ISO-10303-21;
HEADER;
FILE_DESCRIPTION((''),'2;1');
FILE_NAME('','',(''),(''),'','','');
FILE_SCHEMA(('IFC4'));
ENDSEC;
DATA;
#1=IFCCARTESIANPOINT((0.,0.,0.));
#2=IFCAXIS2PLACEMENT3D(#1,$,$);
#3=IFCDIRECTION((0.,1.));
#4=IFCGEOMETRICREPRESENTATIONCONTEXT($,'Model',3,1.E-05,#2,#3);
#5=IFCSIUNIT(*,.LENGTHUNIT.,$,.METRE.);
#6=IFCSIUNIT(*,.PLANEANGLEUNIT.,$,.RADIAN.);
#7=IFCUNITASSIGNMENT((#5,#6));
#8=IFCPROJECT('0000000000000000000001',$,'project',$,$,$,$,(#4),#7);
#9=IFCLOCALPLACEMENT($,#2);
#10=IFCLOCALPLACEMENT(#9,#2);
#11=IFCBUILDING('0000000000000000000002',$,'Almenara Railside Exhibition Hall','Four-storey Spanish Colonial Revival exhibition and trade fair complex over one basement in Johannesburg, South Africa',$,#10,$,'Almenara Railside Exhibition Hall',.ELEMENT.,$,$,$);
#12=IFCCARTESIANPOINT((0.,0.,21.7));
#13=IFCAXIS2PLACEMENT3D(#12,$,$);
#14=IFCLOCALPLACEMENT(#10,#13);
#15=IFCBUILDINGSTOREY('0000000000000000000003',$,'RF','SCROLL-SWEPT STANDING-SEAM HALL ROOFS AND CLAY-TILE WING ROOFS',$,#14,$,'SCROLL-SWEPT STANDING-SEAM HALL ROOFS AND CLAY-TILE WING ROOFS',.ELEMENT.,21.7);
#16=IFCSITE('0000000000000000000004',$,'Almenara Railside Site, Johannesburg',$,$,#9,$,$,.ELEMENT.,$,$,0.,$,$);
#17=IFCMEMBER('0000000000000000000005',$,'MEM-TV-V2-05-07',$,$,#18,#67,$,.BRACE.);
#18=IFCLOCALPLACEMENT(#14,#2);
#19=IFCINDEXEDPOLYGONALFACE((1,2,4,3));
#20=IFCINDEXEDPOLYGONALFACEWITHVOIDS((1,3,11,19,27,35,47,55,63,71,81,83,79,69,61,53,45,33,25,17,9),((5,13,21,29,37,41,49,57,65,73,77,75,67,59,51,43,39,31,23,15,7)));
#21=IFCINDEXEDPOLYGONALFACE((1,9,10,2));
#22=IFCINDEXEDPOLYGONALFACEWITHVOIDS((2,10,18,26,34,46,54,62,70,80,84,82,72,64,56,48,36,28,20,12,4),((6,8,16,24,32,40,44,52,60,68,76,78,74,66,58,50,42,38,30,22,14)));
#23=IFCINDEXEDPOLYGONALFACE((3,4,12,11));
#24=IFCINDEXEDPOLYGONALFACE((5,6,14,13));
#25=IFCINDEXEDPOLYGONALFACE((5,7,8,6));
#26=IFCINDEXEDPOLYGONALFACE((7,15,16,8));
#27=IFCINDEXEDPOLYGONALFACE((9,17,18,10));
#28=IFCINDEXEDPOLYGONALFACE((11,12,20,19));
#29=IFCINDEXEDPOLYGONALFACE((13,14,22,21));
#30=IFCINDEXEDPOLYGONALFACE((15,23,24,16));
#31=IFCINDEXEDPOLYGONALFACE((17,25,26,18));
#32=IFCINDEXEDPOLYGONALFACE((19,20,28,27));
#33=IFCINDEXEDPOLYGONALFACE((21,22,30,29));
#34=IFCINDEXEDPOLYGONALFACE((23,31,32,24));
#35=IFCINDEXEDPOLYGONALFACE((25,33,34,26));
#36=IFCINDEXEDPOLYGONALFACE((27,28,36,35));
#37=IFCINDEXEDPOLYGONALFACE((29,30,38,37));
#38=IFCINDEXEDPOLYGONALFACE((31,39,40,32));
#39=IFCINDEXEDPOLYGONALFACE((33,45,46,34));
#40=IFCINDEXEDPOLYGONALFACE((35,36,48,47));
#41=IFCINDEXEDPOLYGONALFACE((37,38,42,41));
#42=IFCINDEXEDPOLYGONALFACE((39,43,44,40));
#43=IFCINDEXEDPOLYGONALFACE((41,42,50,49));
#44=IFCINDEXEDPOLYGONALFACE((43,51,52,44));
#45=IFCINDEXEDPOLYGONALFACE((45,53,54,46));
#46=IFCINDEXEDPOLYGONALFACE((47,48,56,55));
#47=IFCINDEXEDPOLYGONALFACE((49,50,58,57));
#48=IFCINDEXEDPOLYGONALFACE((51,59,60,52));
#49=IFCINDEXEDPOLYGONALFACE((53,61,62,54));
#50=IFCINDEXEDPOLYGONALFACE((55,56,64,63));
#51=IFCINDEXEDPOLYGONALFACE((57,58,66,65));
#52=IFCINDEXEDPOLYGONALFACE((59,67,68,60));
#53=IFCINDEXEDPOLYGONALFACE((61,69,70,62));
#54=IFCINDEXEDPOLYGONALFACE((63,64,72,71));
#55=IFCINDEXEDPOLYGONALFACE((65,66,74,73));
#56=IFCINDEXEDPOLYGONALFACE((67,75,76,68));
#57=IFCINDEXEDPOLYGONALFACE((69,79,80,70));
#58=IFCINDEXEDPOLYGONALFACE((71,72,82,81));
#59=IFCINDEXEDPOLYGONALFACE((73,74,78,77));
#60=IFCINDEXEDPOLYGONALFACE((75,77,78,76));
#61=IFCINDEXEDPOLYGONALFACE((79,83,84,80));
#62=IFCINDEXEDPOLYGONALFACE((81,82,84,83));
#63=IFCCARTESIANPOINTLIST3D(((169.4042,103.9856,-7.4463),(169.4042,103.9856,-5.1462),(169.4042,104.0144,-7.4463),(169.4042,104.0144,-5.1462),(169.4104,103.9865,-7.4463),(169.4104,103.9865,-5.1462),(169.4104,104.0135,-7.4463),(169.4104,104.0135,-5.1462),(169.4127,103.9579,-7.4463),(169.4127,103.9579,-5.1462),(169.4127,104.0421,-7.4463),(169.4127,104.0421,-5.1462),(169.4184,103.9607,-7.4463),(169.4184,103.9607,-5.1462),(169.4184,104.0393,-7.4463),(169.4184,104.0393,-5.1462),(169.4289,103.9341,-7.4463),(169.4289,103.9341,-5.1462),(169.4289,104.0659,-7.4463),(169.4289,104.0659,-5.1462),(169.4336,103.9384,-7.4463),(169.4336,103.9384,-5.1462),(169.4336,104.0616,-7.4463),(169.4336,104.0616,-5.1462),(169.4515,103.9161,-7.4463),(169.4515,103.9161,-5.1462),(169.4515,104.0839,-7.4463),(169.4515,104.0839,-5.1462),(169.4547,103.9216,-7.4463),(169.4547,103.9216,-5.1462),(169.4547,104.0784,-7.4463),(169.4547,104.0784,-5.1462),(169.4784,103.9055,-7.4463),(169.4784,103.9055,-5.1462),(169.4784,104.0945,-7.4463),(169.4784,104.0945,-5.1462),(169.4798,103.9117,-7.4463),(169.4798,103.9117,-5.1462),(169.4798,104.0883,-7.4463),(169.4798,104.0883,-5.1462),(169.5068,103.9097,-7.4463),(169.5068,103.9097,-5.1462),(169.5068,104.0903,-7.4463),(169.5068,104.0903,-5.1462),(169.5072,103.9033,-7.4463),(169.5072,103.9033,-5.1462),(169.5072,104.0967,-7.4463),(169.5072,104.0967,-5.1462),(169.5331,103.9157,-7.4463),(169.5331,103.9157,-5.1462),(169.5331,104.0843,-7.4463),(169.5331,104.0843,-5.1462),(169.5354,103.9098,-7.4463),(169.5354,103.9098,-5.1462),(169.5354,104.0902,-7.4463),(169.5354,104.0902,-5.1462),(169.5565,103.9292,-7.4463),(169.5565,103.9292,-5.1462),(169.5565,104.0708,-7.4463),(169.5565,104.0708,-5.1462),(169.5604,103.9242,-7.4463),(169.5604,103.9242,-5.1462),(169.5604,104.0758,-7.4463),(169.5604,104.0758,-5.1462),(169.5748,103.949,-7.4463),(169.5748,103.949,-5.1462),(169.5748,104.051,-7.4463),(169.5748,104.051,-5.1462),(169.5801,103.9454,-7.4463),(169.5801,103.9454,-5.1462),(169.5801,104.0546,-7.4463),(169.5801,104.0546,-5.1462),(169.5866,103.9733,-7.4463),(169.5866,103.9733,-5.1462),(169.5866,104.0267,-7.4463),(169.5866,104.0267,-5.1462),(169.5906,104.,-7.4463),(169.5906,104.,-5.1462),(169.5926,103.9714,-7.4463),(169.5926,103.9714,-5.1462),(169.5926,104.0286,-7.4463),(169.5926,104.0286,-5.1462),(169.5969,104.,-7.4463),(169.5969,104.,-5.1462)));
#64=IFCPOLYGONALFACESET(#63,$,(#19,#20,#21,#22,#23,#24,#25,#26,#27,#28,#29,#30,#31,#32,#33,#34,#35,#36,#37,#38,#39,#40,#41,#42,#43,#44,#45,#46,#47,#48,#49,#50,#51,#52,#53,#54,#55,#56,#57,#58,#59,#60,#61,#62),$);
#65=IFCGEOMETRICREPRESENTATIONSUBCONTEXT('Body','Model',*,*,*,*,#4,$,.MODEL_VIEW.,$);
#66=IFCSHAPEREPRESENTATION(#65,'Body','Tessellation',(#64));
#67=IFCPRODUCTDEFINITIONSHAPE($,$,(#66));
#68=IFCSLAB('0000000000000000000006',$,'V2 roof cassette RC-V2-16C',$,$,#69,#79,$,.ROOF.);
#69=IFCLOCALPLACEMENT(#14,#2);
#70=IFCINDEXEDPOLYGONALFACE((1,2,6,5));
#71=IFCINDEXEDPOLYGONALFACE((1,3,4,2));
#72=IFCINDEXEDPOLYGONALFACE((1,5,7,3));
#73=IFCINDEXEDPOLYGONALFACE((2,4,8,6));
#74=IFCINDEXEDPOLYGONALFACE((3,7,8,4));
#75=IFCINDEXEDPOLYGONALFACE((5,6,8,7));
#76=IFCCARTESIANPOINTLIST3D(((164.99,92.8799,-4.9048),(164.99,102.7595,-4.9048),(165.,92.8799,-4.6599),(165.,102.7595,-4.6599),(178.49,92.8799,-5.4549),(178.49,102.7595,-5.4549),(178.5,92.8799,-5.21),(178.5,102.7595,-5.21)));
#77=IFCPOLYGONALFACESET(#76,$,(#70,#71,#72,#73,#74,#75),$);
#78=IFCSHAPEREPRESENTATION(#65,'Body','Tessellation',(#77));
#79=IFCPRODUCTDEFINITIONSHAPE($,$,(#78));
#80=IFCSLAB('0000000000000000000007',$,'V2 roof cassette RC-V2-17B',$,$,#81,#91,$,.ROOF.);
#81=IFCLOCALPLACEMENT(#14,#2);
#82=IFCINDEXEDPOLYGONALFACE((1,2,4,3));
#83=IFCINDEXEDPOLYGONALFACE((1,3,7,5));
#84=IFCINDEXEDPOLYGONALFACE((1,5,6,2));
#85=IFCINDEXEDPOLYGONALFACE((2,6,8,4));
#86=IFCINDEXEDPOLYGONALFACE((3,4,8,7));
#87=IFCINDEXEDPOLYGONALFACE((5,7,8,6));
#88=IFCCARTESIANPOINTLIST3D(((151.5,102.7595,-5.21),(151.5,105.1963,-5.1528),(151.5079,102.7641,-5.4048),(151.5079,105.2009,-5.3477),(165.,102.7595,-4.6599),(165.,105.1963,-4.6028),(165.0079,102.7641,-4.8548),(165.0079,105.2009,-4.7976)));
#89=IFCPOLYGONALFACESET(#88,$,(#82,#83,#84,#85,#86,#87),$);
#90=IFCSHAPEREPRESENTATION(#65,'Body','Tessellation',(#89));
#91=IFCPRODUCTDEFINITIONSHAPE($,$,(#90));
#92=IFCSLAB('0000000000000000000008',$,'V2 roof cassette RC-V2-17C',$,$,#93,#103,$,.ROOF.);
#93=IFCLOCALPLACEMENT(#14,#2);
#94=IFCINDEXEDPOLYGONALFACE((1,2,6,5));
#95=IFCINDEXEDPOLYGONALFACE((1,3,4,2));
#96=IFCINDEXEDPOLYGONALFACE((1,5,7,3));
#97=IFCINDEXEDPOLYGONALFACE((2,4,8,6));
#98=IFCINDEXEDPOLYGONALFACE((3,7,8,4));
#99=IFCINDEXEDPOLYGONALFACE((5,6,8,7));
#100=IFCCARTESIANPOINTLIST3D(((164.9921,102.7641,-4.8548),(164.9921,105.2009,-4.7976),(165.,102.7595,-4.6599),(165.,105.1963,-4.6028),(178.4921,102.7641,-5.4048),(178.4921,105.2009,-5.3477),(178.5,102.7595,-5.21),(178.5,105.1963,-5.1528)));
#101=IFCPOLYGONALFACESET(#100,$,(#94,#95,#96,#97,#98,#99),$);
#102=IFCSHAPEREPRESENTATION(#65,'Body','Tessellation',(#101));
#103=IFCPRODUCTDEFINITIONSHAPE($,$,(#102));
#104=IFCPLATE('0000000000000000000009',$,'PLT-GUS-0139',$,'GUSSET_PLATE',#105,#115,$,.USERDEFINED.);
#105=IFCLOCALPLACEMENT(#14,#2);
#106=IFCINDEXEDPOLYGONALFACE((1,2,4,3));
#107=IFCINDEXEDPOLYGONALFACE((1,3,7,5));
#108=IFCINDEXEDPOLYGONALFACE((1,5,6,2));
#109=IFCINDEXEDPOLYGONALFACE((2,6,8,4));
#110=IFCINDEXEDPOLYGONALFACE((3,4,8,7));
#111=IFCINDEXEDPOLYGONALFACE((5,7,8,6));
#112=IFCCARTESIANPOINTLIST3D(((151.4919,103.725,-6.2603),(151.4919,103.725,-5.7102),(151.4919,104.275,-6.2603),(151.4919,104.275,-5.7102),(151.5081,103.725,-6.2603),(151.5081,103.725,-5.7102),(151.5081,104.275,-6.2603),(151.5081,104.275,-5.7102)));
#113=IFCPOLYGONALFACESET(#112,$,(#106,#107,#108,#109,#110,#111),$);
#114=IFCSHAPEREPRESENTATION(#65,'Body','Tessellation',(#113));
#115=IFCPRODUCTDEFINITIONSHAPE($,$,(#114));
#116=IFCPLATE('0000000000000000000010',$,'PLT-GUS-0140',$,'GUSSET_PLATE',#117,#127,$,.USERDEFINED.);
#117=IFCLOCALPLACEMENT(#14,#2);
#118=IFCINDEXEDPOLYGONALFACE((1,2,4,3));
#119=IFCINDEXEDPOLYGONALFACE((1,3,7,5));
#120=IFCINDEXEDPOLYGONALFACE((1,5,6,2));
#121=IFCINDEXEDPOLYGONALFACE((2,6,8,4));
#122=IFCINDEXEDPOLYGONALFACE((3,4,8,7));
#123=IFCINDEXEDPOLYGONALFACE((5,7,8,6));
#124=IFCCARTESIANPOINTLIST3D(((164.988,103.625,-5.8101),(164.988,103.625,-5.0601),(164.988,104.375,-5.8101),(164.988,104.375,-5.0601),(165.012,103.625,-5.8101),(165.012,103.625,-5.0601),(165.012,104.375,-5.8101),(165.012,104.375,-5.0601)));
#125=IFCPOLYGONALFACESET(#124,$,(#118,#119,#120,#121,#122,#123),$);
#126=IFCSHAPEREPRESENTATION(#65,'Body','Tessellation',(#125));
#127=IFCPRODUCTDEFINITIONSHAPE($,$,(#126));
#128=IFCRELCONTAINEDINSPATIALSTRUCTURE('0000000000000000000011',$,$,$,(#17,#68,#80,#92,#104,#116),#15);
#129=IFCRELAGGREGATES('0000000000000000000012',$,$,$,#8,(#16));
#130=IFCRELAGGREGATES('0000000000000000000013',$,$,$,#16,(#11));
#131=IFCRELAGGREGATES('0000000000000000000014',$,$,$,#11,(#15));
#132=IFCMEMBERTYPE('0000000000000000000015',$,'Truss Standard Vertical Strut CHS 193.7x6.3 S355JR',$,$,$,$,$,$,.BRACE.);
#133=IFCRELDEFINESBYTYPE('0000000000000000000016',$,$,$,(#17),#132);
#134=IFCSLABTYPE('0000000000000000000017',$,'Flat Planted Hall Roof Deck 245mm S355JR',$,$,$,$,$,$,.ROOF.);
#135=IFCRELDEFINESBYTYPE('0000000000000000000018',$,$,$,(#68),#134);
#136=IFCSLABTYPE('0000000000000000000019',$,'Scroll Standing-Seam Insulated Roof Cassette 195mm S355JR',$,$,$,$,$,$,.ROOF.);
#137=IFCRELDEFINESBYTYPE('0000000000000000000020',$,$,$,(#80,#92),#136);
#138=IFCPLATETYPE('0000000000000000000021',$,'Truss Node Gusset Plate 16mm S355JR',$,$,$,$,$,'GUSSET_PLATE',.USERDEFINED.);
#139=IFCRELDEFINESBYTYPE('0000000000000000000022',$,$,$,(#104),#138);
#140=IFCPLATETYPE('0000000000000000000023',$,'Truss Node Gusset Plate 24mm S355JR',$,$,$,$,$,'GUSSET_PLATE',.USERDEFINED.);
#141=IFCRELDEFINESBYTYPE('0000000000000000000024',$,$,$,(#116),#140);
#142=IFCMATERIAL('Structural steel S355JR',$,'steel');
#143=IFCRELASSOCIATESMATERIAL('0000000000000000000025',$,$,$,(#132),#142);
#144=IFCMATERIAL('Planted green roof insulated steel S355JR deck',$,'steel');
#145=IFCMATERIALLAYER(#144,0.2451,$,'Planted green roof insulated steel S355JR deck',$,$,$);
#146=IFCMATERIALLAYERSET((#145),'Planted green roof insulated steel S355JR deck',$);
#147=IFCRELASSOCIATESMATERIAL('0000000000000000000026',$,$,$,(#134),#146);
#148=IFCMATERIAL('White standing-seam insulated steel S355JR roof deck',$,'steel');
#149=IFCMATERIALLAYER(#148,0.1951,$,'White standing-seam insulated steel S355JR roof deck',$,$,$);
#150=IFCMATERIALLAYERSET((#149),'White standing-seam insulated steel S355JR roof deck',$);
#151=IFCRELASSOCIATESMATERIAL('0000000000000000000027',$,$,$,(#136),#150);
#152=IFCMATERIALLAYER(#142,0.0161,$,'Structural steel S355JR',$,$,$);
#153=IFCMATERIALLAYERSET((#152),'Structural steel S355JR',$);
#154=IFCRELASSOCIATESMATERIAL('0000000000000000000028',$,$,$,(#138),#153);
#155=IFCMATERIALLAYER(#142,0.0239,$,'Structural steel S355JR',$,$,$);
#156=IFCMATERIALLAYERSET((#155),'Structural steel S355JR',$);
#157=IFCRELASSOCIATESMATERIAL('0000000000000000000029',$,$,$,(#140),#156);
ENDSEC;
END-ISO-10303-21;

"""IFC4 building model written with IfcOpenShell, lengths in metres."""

from ifc_helpers import new_model, si_unit, direction, frame, origin, origin_2d, place, context, subcontext, project, spatial, polyline, rectangle, hollow_circle, outline, extrude, material, layer, layer_set, material_profile, profile_set, type_object, element, save


model = new_model("IFC4")

# Units and contexts
model_context = context("Model", 3, precision=1e-05, world=origin(), true_north=direction((0.0, 1.0)))
body_context = subcontext(model_context, "Body", "Model", "MODEL_VIEW")
ifc_project = project(units=[si_unit("LENGTHUNIT", "METRE"), si_unit("PLANEANGLEUNIT", "RADIAN")], contexts=[model_context])

# Site, building, storey
site_placement = place(None, origin())
site = spatial("IfcSite", under=ifc_project, at=site_placement, Name="Almenara Railside Site, Johannesburg", CompositionType="ELEMENT", RefElevation=0.0)
building_placement = place(site_placement, origin())
building = spatial("IfcBuilding", under=site, at=building_placement, Name="Almenara Railside Exhibition Hall", Description="Four-storey Spanish Colonial Revival exhibition and trade fair complex over one basement in Johannesburg, South Africa", LongName="Almenara Railside Exhibition Hall", CompositionType="ELEMENT")
storey_placement = place(building_placement, frame((0.0, 0.0, 21.7)))
storey = spatial("IfcBuildingStorey", under=building, at=storey_placement, Name="RF", Description="SCROLL-SWEPT STANDING-SEAM HALL ROOFS AND CLAY-TILE WING ROOFS", LongName="SCROLL-SWEPT STANDING-SEAM HALL ROOFS AND CLAY-TILE WING ROOFS", CompositionType="ELEMENT", Elevation=21.7)

# Member
ifc_material_1 = material(Name="Structural steel S355JR", Category="steel")
ifc_material_profile_1 = material_profile(ifc_material_1, hollow_circle(Radius=0.0969, WallThickness=0.0063, at=origin_2d()), Name="CHS 193.7x6.3")
ifc_profile_set_1 = profile_set([ifc_material_profile_1], Name="Structural steel S355JR")
member_type_1 = type_object("IfcMemberType", Name="Truss Standard Vertical Strut CHS 193.7x6.3 S355JR", PredefinedType="BRACE", material=ifc_profile_set_1)
for number, where, z_axis, x_axis, name in (
    (1, (169.5, 104.0, -7.4463), (0.0, 0.0, 1.0), (1.0, 0.0, 0.0), "MEM-TV-V2-05-07"),
):
    element("IfcMember", number, at=place(storey_placement, frame(where, z_axis=z_axis, x_axis=x_axis)), inside=storey, type_object=member_type_1, Name=name, PredefinedType="BRACE", context=body_context, shape_type="SweptSolid", body=[
        extrude(hollow_circle(Radius=0.0969, WallThickness=0.0063, at=origin_2d()), origin(), (0.0, 0.0, 1.0), 2.3),
    ])

# Slabs
ifc_material_2 = material(Name="Planted green roof insulated steel S355JR deck", Category="steel")
ifc_layer_1 = layer(ifc_material_2, 0.2451, Name="Planted green roof insulated steel S355JR deck")
ifc_layer_set_1 = layer_set([ifc_layer_1], Name="Planted green roof insulated steel S355JR deck")
slab_type_1 = type_object("IfcSlabType", Name="Flat Planted Hall Roof Deck 245mm S355JR", PredefinedType="ROOF", material=ifc_layer_set_1)
slab_1_placement = place(storey_placement, frame((165.0, 92.8799, -4.6599), z_axis=(0.040711, 0.0, 0.999171), x_axis=(0.999171, 0.0, -0.040711)))
element("IfcSlab", 2, at=slab_1_placement, inside=storey, type_object=slab_type_1, Name="V2 roof cassette RC-V2-16C", PredefinedType="ROOF", context=body_context, shape_type="SweptSolid", body=[
    extrude(outline(polyline([(0.0, 0.0), (13.5112, 0.0), (13.5112, 9.8796), (0.0, 9.8796), (0.0, 0.0)])), origin(), (0.0, 0.0, -1.0), 0.2451),
])
ifc_material_3 = material(Name="White standing-seam insulated steel S355JR roof deck", Category="steel")
ifc_layer_2 = layer(ifc_material_3, 0.1951, Name="White standing-seam insulated steel S355JR roof deck")
ifc_layer_set_2 = layer_set([ifc_layer_2], Name="White standing-seam insulated steel S355JR roof deck")
slab_type_2 = type_object("IfcSlabType", Name="Scroll Standing-Seam Insulated Roof Cassette 195mm S355JR", PredefinedType="ROOF", material=ifc_layer_set_2)
slab_2_placement = place(storey_placement, frame((151.5, 102.7595, -5.21), z_axis=(-0.040699, -0.023419, 0.998897), x_axis=(0.999171, 0.0, 0.040711)))
element("IfcSlab", 3, at=slab_2_placement, inside=storey, type_object=slab_type_2, Name="V2 roof cassette RC-V2-17B", PredefinedType="ROOF", context=body_context, shape_type="SweptSolid", body=[
    extrude(outline(polyline([(0.0, 0.0), (13.5112, 0.0), (13.5135, 2.4374), (0.0023, 2.4374), (0.0, 0.0)])), origin(), (0.0, 0.0, -1.0), 0.1951),
])
slab_3_placement = place(storey_placement, frame((165.0, 102.7595, -4.6599), z_axis=(0.040699, -0.023419, 0.998897), x_axis=(0.999171, 0.0, -0.040711)))
element("IfcSlab", 4, at=slab_3_placement, inside=storey, type_object=slab_type_2, Name="V2 roof cassette RC-V2-17C", PredefinedType="ROOF", context=body_context, shape_type="SweptSolid", body=[
    extrude(outline(polyline([(0.0, 0.0), (13.5112, 0.0), (13.5089, 2.4374), (-0.0023, 2.4374), (0.0, 0.0)])), origin(), (0.0, 0.0, -1.0), 0.1951),
])

# Plates
ifc_layer_3 = layer(ifc_material_1, 0.0161, Name="Structural steel S355JR")
ifc_layer_set_3 = layer_set([ifc_layer_3], Name="Structural steel S355JR")
plate_type_1 = type_object("IfcPlateType", Name="Truss Node Gusset Plate 16mm S355JR", ElementType="GUSSET_PLATE", PredefinedType="USERDEFINED", material=ifc_layer_set_3)
plate_1_placement = place(storey_placement, frame((151.5, 104.0, -6.2603), z_axis=(0.0, 0.0, 1.0), x_axis=(0.0, 1.0, 0.0)))
element("IfcPlate", 5, at=plate_1_placement, inside=storey, type_object=plate_type_1, Name="PLT-GUS-0139", ObjectType="GUSSET_PLATE", PredefinedType="USERDEFINED", context=body_context, shape_type="SweptSolid", body=[
    extrude(rectangle(XDim=0.55, YDim=0.0161, at=origin_2d()), origin(), (0.0, 0.0, 1.0), 0.55),
])
ifc_layer_4 = layer(ifc_material_1, 0.0239, Name="Structural steel S355JR")
ifc_layer_set_4 = layer_set([ifc_layer_4], Name="Structural steel S355JR")
plate_type_2 = type_object("IfcPlateType", Name="Truss Node Gusset Plate 24mm S355JR", ElementType="GUSSET_PLATE", PredefinedType="USERDEFINED", material=ifc_layer_set_4)
plate_2_placement = place(storey_placement, frame((165.0, 104.0, -5.8101), z_axis=(0.0, 0.0, 1.0), x_axis=(0.0, 1.0, 0.0)))
element("IfcPlate", 6, at=plate_2_placement, inside=storey, type_object=plate_type_2, Name="PLT-GUS-0140", ObjectType="GUSSET_PLATE", PredefinedType="USERDEFINED", context=body_context, shape_type="SweptSolid", body=[
    extrude(rectangle(XDim=0.75, YDim=0.0239, at=origin_2d()), origin(), (0.0, 0.0, 1.0), 0.75),
])

save(model, "model.ifc")
